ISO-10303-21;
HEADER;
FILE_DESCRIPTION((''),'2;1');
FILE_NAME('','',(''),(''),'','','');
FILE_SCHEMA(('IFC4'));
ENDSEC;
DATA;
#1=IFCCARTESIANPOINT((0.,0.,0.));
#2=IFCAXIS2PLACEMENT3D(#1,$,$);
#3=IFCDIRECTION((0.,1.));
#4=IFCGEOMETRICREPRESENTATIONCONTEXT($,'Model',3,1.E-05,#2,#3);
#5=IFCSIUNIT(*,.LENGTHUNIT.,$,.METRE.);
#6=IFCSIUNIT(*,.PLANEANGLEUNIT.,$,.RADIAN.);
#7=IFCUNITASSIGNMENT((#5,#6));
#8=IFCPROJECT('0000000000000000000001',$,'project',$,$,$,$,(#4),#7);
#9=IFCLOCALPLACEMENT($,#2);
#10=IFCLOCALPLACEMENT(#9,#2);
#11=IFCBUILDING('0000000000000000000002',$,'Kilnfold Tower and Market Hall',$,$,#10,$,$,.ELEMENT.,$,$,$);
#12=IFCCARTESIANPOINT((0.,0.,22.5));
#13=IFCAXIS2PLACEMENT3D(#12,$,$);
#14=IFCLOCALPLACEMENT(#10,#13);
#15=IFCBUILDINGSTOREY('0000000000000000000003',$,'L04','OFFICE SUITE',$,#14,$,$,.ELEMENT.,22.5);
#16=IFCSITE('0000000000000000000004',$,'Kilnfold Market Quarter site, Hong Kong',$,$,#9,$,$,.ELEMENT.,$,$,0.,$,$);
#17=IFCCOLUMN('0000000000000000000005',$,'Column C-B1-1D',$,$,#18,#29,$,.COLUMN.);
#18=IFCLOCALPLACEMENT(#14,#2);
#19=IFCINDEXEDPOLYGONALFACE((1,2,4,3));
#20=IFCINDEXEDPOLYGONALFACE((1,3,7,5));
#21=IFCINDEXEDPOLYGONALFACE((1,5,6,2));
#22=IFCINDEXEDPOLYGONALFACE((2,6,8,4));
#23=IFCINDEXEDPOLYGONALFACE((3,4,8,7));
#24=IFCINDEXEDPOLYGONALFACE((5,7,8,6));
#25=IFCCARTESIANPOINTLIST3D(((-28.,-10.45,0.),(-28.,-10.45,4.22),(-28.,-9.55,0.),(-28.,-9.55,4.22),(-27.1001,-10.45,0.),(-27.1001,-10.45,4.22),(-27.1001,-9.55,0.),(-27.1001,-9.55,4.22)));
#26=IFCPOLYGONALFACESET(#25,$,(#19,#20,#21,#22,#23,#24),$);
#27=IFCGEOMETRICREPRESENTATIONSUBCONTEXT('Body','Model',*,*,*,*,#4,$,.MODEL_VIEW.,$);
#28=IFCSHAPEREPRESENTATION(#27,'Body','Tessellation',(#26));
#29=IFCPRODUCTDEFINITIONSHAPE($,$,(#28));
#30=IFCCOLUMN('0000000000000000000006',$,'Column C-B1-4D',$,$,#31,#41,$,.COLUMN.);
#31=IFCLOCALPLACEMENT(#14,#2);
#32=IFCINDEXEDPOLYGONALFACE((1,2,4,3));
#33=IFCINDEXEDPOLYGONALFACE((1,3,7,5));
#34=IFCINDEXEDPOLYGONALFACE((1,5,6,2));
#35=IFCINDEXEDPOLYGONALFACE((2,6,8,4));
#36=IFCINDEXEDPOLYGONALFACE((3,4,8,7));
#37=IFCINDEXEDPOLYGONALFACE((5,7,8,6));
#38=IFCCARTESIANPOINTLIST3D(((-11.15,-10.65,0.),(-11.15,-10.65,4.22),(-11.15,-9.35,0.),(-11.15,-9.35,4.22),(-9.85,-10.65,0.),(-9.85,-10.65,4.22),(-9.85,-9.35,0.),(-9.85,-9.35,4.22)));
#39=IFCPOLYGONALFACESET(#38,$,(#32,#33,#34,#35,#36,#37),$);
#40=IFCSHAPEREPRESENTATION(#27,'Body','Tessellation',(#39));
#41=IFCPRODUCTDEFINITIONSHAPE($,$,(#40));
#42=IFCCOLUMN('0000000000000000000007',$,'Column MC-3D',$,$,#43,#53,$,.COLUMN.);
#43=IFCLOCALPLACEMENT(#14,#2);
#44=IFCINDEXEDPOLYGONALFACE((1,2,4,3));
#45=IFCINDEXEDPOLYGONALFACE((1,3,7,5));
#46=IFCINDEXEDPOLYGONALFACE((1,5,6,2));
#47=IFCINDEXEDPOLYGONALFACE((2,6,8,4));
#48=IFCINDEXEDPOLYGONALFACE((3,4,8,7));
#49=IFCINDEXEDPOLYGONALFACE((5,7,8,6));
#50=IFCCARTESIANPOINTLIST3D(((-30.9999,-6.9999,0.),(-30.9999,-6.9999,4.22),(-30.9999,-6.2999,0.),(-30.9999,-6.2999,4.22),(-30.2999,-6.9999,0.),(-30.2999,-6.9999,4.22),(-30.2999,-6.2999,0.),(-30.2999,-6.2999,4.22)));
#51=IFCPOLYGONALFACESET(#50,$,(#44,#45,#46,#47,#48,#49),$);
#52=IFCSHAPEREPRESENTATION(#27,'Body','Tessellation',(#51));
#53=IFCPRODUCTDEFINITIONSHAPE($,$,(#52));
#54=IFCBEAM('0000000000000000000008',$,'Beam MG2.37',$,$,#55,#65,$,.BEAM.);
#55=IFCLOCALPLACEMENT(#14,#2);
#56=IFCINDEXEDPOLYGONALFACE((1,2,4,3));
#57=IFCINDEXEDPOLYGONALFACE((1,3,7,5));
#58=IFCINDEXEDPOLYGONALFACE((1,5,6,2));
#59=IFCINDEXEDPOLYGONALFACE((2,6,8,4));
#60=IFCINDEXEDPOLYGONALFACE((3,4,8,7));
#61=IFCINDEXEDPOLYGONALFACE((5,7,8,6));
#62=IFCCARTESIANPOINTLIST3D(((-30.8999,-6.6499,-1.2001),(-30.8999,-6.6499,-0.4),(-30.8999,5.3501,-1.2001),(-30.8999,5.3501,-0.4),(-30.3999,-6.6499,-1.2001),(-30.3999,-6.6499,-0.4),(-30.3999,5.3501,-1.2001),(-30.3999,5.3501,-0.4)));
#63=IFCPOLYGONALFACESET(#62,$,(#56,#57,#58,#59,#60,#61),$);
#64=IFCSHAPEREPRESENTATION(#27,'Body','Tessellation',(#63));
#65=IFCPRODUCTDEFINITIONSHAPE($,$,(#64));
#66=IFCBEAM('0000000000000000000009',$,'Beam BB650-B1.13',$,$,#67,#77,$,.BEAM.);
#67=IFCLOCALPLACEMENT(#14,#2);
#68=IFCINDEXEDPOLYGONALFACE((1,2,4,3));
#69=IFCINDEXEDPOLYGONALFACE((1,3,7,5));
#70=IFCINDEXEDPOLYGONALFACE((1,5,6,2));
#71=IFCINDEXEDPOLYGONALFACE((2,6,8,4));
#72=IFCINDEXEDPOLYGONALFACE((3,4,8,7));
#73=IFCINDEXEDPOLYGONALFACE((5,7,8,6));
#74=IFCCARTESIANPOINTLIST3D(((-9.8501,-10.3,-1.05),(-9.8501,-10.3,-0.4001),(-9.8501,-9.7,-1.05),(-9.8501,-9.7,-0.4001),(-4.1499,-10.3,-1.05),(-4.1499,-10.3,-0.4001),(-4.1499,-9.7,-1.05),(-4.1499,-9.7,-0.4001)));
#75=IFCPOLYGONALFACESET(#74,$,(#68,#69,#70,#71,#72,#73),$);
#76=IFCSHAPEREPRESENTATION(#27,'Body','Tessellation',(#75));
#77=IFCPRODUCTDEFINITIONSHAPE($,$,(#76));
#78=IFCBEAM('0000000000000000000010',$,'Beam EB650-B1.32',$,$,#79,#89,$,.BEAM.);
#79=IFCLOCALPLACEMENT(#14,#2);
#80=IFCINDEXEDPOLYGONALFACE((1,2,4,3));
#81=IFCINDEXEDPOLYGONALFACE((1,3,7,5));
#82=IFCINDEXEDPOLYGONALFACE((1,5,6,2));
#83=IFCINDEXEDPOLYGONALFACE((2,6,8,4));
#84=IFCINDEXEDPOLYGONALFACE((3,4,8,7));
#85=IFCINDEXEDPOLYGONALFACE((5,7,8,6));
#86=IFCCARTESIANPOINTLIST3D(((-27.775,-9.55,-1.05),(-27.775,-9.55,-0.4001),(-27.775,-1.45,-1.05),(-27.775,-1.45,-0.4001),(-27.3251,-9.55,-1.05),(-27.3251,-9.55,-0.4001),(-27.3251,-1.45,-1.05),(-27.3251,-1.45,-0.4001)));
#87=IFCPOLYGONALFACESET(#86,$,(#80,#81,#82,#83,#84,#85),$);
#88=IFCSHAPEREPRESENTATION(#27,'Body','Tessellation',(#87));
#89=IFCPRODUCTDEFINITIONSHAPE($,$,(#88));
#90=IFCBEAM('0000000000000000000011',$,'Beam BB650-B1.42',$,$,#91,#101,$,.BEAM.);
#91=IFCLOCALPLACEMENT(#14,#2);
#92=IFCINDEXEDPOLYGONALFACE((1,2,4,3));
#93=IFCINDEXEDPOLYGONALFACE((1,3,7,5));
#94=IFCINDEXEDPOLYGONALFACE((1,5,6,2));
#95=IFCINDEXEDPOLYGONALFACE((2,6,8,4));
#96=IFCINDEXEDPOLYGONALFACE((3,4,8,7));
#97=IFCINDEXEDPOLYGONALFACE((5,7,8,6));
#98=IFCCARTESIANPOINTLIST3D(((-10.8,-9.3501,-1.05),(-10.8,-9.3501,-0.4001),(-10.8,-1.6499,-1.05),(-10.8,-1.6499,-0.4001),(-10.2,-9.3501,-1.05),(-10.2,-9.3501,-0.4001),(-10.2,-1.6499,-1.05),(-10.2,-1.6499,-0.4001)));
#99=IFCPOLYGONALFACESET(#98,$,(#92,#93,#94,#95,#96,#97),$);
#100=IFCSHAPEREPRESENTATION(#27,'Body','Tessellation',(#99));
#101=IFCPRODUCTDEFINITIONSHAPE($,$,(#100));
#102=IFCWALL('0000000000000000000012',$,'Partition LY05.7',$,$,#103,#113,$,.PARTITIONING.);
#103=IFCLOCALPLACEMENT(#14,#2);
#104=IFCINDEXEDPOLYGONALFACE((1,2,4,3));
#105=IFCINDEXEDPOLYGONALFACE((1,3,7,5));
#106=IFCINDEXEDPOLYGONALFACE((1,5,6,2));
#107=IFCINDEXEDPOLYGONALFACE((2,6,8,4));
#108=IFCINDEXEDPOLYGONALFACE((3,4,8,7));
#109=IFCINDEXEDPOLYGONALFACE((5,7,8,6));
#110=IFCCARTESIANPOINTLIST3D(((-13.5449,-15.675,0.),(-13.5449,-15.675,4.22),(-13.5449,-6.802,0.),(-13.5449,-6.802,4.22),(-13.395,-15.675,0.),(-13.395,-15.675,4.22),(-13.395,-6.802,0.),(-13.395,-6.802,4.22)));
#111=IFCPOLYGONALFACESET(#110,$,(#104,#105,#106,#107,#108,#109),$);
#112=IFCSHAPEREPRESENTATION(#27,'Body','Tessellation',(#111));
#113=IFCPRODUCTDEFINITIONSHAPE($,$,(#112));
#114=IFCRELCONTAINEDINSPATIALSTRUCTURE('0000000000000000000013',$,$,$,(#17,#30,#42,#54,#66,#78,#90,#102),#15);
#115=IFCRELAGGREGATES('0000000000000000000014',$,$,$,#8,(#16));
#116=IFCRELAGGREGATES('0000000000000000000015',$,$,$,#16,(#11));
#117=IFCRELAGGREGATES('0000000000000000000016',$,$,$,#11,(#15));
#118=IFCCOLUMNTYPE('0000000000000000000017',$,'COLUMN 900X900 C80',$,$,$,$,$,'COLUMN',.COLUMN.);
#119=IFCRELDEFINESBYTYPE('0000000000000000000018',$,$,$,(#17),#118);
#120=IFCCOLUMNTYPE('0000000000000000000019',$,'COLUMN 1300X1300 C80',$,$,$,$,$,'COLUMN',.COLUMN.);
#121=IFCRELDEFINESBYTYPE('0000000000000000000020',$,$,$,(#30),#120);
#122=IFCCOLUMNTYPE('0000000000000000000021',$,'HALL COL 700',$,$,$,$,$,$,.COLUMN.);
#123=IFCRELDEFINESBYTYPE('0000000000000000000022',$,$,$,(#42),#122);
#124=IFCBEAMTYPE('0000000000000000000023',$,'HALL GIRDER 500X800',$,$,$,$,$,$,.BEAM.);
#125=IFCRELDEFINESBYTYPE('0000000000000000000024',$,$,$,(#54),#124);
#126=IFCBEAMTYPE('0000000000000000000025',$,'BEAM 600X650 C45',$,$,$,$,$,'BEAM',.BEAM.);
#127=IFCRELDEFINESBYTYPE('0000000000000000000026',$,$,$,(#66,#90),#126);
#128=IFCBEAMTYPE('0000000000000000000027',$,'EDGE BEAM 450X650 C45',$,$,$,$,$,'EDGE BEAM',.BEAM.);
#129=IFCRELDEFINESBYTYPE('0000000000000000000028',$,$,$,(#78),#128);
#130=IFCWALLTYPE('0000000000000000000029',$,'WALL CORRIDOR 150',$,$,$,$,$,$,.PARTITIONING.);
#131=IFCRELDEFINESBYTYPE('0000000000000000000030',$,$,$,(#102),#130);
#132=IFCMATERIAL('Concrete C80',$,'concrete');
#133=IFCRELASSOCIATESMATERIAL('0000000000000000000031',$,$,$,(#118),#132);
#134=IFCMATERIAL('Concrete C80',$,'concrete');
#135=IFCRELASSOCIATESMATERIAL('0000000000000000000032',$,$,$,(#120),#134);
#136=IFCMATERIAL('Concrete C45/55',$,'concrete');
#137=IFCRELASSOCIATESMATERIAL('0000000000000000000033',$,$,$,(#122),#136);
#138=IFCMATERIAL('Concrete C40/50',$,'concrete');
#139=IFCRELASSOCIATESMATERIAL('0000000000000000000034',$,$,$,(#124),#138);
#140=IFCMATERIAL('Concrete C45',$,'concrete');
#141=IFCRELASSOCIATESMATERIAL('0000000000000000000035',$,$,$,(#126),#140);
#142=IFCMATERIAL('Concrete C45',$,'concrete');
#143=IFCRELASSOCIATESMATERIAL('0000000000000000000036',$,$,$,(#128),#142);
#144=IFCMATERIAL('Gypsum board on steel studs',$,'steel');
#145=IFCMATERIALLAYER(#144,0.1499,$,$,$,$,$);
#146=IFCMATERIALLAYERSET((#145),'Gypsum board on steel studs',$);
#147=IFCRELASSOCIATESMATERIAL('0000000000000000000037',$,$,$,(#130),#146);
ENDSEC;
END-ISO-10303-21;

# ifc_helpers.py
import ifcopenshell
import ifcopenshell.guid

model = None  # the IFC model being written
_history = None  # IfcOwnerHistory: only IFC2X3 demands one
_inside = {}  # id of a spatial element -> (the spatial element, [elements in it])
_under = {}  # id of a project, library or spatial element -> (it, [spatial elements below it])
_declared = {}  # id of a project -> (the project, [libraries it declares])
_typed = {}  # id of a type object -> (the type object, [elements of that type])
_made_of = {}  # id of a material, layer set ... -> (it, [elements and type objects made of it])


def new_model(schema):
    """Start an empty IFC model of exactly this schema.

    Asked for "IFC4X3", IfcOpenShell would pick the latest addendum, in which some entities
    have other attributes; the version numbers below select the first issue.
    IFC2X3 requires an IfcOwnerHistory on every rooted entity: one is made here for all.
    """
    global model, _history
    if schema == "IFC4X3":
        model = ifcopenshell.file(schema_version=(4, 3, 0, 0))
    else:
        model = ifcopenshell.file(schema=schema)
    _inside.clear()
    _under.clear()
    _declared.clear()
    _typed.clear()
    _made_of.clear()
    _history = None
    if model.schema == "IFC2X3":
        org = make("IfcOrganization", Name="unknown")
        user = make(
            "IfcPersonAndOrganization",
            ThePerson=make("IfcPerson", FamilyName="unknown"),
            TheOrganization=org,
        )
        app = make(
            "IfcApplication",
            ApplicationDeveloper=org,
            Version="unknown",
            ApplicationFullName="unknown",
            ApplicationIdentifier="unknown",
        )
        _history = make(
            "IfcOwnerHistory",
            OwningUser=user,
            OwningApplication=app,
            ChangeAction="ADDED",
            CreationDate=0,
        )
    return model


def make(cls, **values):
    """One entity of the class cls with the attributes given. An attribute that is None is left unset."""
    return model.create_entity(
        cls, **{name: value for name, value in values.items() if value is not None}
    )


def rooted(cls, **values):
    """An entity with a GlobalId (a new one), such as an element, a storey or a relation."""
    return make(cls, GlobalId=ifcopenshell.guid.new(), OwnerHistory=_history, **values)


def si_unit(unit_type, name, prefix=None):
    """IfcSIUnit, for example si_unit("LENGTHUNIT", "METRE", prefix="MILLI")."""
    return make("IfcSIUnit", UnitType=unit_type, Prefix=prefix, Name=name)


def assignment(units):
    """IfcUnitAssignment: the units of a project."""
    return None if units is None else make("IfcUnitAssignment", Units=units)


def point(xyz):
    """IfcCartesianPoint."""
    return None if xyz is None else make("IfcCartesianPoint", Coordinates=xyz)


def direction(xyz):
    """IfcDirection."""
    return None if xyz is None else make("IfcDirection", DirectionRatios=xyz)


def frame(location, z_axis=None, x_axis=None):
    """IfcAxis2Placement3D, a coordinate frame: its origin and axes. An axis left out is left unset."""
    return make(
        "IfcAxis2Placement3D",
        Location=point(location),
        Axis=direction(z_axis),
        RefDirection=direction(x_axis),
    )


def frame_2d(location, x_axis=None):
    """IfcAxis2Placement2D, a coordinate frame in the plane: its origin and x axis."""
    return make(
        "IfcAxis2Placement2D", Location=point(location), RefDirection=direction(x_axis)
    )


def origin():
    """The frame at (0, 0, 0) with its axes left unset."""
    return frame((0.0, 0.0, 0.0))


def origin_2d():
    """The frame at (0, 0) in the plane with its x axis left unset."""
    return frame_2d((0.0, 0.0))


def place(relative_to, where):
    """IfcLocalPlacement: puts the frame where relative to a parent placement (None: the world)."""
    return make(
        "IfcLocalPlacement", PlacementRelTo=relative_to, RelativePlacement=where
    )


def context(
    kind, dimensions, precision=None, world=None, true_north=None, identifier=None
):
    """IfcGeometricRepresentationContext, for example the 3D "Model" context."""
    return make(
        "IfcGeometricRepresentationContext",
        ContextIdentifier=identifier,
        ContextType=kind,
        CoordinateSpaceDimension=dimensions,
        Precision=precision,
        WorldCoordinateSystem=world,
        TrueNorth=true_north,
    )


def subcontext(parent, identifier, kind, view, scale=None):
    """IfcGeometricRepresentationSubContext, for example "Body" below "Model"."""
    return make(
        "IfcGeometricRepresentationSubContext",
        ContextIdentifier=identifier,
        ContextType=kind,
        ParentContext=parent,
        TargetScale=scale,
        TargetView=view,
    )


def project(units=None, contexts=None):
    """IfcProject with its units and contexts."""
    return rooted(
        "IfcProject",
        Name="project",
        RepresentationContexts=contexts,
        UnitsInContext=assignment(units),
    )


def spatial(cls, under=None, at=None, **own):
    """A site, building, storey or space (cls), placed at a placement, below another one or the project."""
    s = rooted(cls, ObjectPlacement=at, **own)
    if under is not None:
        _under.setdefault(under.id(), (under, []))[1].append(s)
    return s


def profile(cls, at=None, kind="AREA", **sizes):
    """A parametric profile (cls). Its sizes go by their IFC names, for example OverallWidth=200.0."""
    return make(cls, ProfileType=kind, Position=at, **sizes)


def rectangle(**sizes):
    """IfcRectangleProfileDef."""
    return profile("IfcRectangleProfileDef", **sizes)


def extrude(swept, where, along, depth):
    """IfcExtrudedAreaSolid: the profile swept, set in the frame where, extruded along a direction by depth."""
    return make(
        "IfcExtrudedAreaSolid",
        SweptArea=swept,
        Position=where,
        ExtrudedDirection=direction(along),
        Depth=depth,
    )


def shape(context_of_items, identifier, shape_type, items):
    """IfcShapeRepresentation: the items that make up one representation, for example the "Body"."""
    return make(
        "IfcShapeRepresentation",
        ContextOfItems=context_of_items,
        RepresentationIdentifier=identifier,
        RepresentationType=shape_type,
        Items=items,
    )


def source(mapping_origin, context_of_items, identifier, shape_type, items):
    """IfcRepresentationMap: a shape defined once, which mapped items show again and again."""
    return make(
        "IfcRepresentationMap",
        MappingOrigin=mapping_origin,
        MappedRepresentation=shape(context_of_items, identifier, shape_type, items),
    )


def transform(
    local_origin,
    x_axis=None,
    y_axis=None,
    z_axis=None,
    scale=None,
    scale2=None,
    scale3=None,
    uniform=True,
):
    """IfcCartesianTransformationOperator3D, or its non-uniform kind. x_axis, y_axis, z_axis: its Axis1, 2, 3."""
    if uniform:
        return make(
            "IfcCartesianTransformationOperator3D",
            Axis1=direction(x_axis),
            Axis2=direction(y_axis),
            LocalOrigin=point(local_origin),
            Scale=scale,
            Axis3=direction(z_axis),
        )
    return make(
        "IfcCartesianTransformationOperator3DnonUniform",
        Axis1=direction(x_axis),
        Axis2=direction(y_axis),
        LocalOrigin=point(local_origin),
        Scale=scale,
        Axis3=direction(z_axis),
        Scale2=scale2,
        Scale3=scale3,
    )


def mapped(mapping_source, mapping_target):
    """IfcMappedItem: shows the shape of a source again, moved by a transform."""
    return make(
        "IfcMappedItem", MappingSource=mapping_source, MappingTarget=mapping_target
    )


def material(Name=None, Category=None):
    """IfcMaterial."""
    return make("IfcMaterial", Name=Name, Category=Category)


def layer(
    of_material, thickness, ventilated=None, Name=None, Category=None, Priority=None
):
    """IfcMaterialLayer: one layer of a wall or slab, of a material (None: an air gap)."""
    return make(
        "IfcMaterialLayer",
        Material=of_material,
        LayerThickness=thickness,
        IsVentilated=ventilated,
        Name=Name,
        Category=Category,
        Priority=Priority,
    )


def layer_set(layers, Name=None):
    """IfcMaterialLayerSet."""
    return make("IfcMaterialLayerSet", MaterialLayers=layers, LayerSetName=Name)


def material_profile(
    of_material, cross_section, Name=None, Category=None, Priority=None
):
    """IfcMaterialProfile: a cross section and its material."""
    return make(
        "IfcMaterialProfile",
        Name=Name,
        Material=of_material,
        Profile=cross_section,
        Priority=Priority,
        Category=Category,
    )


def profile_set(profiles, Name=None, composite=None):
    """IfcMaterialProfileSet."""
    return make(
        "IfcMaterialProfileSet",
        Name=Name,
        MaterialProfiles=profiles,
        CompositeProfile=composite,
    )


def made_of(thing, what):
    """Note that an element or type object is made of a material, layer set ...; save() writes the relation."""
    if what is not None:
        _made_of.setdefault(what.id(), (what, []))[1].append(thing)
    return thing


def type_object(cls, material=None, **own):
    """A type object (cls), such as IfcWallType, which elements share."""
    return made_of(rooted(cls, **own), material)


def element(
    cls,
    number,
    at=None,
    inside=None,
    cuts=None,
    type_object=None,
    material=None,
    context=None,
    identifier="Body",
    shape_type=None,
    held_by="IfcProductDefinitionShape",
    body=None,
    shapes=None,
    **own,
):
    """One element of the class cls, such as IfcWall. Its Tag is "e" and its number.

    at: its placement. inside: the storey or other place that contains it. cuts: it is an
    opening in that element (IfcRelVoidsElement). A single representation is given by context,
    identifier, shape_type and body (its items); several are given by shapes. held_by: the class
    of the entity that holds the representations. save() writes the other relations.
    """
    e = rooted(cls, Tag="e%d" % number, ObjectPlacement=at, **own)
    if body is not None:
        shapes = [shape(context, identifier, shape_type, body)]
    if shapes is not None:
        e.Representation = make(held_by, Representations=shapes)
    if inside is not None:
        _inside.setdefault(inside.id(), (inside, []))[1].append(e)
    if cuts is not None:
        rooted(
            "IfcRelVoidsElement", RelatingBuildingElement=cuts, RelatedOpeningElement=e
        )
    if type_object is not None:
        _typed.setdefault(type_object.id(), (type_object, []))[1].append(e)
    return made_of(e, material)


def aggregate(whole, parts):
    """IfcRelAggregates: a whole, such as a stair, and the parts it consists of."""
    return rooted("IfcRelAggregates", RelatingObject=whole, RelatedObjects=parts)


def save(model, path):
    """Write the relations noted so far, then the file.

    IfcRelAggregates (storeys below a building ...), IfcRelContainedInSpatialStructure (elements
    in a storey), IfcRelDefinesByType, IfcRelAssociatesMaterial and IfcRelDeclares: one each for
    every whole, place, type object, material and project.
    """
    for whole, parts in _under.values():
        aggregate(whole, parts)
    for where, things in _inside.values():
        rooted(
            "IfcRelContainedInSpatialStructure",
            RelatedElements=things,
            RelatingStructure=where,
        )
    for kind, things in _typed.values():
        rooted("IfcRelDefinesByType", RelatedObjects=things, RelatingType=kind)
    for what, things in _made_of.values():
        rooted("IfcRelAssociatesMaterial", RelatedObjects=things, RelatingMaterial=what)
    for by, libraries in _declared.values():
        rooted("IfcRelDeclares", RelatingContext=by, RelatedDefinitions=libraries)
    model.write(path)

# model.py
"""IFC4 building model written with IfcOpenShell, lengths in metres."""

from ifc_helpers import new_model, si_unit, direction, frame, frame_2d, origin, origin_2d, place, context, subcontext, project, spatial, rectangle, extrude, source, transform, mapped, material, layer, layer_set, material_profile, profile_set, type_object, element, save


model = new_model("IFC4")

# Units and contexts
model_context = context("Model", 3, precision=1e-05, world=origin(), true_north=direction((0.0, 1.0)))
body_context = subcontext(model_context, "Body", "Model", "MODEL_VIEW")
ifc_project = project(units=[si_unit("LENGTHUNIT", "METRE"), si_unit("PLANEANGLEUNIT", "RADIAN")], contexts=[model_context])

# Site, building, storey
site_placement = place(None, origin())
site = spatial("IfcSite", under=ifc_project, at=site_placement, Name="Kilnfold Market Quarter site, Hong Kong", CompositionType="ELEMENT", RefElevation=0.0)
building_placement = place(site_placement, origin())
building = spatial("IfcBuilding", under=site, at=building_placement, Name="Kilnfold Tower and Market Hall", CompositionType="ELEMENT")
storey_placement = place(building_placement, frame((0.0, 0.0, 22.5)))
storey = spatial("IfcBuildingStorey", under=building, at=storey_placement, Name="L04", Description="OFFICE SUITE", CompositionType="ELEMENT", Elevation=22.5)

# Columns
ifc_material_1 = material(Name="Concrete C80", Category="concrete")
ifc_material_profile_1 = material_profile(ifc_material_1, rectangle(XDim=0.8999, YDim=0.8999, at=origin_2d()), Name="RC 900x900")
ifc_profile_set_1 = profile_set([ifc_material_profile_1], Name="Concrete C80")
column_type_1 = type_object("IfcColumnType", Name="COLUMN 900X900 C80", ElementType="COLUMN", PredefinedType="COLUMN", material=ifc_profile_set_1)
shared_shape_1 = source(origin(), body_context, "Body", "SweptSolid", [
    extrude(rectangle(XDim=0.8999, YDim=0.8999, at=origin_2d()), origin(), (0.0, 0.0, 1.0), 4.22),
])
column_1_placement = place(storey_placement, frame((-27.55, -10.0, 0.0), z_axis=(0.0, 0.0, 1.0), x_axis=(1.0, 0.0, 0.0)))
element("IfcColumn", 1, at=column_1_placement, inside=storey, type_object=column_type_1, Name="Column C-B1-1D", PredefinedType="COLUMN", context=body_context, shape_type="MappedRepresentation", body=[
    mapped(shared_shape_1, transform((0.0, 0.0, 0.0))),
])
ifc_material_2 = material(Name="Concrete C80", Category="concrete")
ifc_material_profile_2 = material_profile(ifc_material_2, rectangle(XDim=1.3, YDim=1.3, at=origin_2d()), Name="RC 1300x1300")
ifc_profile_set_2 = profile_set([ifc_material_profile_2], Name="Concrete C80")
column_type_2 = type_object("IfcColumnType", Name="COLUMN 1300X1300 C80", ElementType="COLUMN", PredefinedType="COLUMN", material=ifc_profile_set_2)
shared_shape_2 = source(origin(), body_context, "Body", "SweptSolid", [
    extrude(rectangle(XDim=1.3, YDim=1.3, at=origin_2d()), origin(), (0.0, 0.0, 1.0), 4.22),
])
column_2_placement = place(storey_placement, frame((-10.5, -10.0, 0.0), z_axis=(0.0, 0.0, 1.0), x_axis=(1.0, 0.0, 0.0)))
element("IfcColumn", 2, at=column_2_placement, inside=storey, type_object=column_type_2, Name="Column C-B1-4D", PredefinedType="COLUMN", context=body_context, shape_type="MappedRepresentation", body=[
    mapped(shared_shape_2, transform((0.0, 0.0, 0.0))),
])
ifc_material_3 = material(Name="Concrete C45/55", Category="concrete")
ifc_material_profile_3 = material_profile(ifc_material_3, rectangle(XDim=0.7, YDim=0.7, at=origin_2d()), Name="RC 700x700")
ifc_profile_set_3 = profile_set([ifc_material_profile_3], Name="Concrete C45/55")
column_type_3 = type_object("IfcColumnType", Name="HALL COL 700", PredefinedType="COLUMN", material=ifc_profile_set_3)
shared_shape_3 = source(origin(), body_context, "Body", "SweptSolid", [
    extrude(rectangle(XDim=0.7, YDim=0.7, at=origin_2d()), origin(), (0.0, 0.0, 1.0), 4.22),
])
column_3_placement = place(storey_placement, frame((-30.6499, -6.6499, 0.0), z_axis=(0.0, 0.0, 1.0), x_axis=(1.0, 0.0, 0.0)))
element("IfcColumn", 3, at=column_3_placement, inside=storey, type_object=column_type_3, Name="Column MC-3D", PredefinedType="COLUMN", context=body_context, shape_type="MappedRepresentation", body=[
    mapped(shared_shape_3, transform((0.0, 0.0, 0.0))),
])

# Beams
ifc_material_4 = material(Name="Concrete C40/50", Category="concrete")
ifc_material_profile_4 = material_profile(ifc_material_4, rectangle(XDim=0.5, YDim=0.8, at=origin_2d()), Name="RC 500x800")
ifc_profile_set_4 = profile_set([ifc_material_profile_4], Name="Concrete C40/50")
beam_type_1 = type_object("IfcBeamType", Name="HALL GIRDER 500X800", PredefinedType="BEAM", material=ifc_profile_set_4)
beam_1_placement = place(storey_placement, frame((-30.6499, -6.6499, -0.8), z_axis=(0.0, 1.0, 0.0), x_axis=(-1.0, 0.0, 0.0)))
element("IfcBeam", 4, at=beam_1_placement, inside=storey, type_object=beam_type_1, Name="Beam MG2.37", PredefinedType="BEAM", context=body_context, shape_type="SweptSolid", body=[
    extrude(rectangle(XDim=0.5, YDim=0.8, at=origin_2d()), origin(), (0.0, 0.0, 1.0), 12.0),
])
ifc_material_5 = material(Name="Concrete C45", Category="concrete")
ifc_material_profile_5 = material_profile(ifc_material_5, rectangle(XDim=0.6001, YDim=0.6499, at=origin_2d()), Name="RC 600x650")
ifc_profile_set_5 = profile_set([ifc_material_profile_5], Name="Concrete C45")
beam_type_2 = type_object("IfcBeamType", Name="BEAM 600X650 C45", ElementType="BEAM", PredefinedType="BEAM", material=ifc_profile_set_5)
shared_shape_4 = source(origin(), body_context, "Body", "SweptSolid", [
    extrude(rectangle(XDim=0.6001, YDim=0.6499, at=origin_2d()), origin(), (0.0, 0.0, 1.0), 5.7002),
])
beam_2_placement = place(storey_placement, frame((-9.8501, -10.0, -0.7251), z_axis=(1.0, 0.0, 0.0), x_axis=(0.0, 1.0, 0.0)))
element("IfcBeam", 5, at=beam_2_placement, inside=storey, type_object=beam_type_2, Name="Beam BB650-B1.13", PredefinedType="BEAM", context=body_context, shape_type="MappedRepresentation", body=[
    mapped(shared_shape_4, transform((0.0, 0.0, 0.0))),
])
ifc_material_6 = material(Name="Concrete C45", Category="concrete")
ifc_material_profile_6 = material_profile(ifc_material_6, rectangle(XDim=0.45, YDim=0.6499, at=origin_2d()), Name="RC 450x650")
ifc_profile_set_6 = profile_set([ifc_material_profile_6], Name="Concrete C45")
beam_type_3 = type_object("IfcBeamType", Name="EDGE BEAM 450X650 C45", ElementType="EDGE BEAM", PredefinedType="BEAM", material=ifc_profile_set_6)
shared_shape_5 = source(origin(), body_context, "Body", "SweptSolid", [
    extrude(rectangle(XDim=0.45, YDim=0.6499, at=origin_2d()), origin(), (0.0, 0.0, 1.0), 8.1001),
])
beam_3_placement = place(storey_placement, frame((-27.55, -9.55, -0.7251), z_axis=(0.0, 1.0, 0.0), x_axis=(-1.0, 0.0, 0.0)))
element("IfcBeam", 6, at=beam_3_placement, inside=storey, type_object=beam_type_3, Name="Beam EB650-B1.32", PredefinedType="BEAM", context=body_context, shape_type="MappedRepresentation", body=[
    mapped(shared_shape_5, transform((0.0, 0.0, 0.0))),
])
shared_shape_6 = source(origin(), body_context, "Body", "SweptSolid", [
    extrude(rectangle(XDim=0.6001, YDim=0.6499, at=origin_2d()), origin(), (0.0, 0.0, 1.0), 7.7002),
])
beam_4_placement = place(storey_placement, frame((-10.5, -9.3501, -0.7251), z_axis=(0.0, 1.0, 0.0), x_axis=(-1.0, 0.0, 0.0)))
element("IfcBeam", 7, at=beam_4_placement, inside=storey, type_object=beam_type_2, Name="Beam BB650-B1.42", PredefinedType="BEAM", context=body_context, shape_type="MappedRepresentation", body=[
    mapped(shared_shape_6, transform((0.0, 0.0, 0.0))),
])

# Wall
ifc_material_7 = material(Name="Gypsum board on steel studs", Category="steel")
ifc_layer_1 = layer(ifc_material_7, 0.1499)
ifc_layer_set_1 = layer_set([ifc_layer_1], Name="Gypsum board on steel studs")
wall_type_1 = type_object("IfcWallType", Name="WALL CORRIDOR 150", PredefinedType="PARTITIONING", material=ifc_layer_set_1)
wall_1_placement = place(storey_placement, frame((-13.47, -6.802, 0.0), z_axis=(0.0, 0.0, 1.0), x_axis=(0.0, -1.0, 0.0)))
element("IfcWall", 8, at=wall_1_placement, inside=storey, type_object=wall_type_1, Name="Partition LY05.7", PredefinedType="PARTITIONING", context=body_context, shape_type="SweptSolid", body=[
    extrude(rectangle(XDim=8.873, YDim=0.1499, at=frame_2d((4.4365, 0.0))), origin(), (0.0, 0.0, 1.0), 4.22),
])

save(model, "model.ifc")
